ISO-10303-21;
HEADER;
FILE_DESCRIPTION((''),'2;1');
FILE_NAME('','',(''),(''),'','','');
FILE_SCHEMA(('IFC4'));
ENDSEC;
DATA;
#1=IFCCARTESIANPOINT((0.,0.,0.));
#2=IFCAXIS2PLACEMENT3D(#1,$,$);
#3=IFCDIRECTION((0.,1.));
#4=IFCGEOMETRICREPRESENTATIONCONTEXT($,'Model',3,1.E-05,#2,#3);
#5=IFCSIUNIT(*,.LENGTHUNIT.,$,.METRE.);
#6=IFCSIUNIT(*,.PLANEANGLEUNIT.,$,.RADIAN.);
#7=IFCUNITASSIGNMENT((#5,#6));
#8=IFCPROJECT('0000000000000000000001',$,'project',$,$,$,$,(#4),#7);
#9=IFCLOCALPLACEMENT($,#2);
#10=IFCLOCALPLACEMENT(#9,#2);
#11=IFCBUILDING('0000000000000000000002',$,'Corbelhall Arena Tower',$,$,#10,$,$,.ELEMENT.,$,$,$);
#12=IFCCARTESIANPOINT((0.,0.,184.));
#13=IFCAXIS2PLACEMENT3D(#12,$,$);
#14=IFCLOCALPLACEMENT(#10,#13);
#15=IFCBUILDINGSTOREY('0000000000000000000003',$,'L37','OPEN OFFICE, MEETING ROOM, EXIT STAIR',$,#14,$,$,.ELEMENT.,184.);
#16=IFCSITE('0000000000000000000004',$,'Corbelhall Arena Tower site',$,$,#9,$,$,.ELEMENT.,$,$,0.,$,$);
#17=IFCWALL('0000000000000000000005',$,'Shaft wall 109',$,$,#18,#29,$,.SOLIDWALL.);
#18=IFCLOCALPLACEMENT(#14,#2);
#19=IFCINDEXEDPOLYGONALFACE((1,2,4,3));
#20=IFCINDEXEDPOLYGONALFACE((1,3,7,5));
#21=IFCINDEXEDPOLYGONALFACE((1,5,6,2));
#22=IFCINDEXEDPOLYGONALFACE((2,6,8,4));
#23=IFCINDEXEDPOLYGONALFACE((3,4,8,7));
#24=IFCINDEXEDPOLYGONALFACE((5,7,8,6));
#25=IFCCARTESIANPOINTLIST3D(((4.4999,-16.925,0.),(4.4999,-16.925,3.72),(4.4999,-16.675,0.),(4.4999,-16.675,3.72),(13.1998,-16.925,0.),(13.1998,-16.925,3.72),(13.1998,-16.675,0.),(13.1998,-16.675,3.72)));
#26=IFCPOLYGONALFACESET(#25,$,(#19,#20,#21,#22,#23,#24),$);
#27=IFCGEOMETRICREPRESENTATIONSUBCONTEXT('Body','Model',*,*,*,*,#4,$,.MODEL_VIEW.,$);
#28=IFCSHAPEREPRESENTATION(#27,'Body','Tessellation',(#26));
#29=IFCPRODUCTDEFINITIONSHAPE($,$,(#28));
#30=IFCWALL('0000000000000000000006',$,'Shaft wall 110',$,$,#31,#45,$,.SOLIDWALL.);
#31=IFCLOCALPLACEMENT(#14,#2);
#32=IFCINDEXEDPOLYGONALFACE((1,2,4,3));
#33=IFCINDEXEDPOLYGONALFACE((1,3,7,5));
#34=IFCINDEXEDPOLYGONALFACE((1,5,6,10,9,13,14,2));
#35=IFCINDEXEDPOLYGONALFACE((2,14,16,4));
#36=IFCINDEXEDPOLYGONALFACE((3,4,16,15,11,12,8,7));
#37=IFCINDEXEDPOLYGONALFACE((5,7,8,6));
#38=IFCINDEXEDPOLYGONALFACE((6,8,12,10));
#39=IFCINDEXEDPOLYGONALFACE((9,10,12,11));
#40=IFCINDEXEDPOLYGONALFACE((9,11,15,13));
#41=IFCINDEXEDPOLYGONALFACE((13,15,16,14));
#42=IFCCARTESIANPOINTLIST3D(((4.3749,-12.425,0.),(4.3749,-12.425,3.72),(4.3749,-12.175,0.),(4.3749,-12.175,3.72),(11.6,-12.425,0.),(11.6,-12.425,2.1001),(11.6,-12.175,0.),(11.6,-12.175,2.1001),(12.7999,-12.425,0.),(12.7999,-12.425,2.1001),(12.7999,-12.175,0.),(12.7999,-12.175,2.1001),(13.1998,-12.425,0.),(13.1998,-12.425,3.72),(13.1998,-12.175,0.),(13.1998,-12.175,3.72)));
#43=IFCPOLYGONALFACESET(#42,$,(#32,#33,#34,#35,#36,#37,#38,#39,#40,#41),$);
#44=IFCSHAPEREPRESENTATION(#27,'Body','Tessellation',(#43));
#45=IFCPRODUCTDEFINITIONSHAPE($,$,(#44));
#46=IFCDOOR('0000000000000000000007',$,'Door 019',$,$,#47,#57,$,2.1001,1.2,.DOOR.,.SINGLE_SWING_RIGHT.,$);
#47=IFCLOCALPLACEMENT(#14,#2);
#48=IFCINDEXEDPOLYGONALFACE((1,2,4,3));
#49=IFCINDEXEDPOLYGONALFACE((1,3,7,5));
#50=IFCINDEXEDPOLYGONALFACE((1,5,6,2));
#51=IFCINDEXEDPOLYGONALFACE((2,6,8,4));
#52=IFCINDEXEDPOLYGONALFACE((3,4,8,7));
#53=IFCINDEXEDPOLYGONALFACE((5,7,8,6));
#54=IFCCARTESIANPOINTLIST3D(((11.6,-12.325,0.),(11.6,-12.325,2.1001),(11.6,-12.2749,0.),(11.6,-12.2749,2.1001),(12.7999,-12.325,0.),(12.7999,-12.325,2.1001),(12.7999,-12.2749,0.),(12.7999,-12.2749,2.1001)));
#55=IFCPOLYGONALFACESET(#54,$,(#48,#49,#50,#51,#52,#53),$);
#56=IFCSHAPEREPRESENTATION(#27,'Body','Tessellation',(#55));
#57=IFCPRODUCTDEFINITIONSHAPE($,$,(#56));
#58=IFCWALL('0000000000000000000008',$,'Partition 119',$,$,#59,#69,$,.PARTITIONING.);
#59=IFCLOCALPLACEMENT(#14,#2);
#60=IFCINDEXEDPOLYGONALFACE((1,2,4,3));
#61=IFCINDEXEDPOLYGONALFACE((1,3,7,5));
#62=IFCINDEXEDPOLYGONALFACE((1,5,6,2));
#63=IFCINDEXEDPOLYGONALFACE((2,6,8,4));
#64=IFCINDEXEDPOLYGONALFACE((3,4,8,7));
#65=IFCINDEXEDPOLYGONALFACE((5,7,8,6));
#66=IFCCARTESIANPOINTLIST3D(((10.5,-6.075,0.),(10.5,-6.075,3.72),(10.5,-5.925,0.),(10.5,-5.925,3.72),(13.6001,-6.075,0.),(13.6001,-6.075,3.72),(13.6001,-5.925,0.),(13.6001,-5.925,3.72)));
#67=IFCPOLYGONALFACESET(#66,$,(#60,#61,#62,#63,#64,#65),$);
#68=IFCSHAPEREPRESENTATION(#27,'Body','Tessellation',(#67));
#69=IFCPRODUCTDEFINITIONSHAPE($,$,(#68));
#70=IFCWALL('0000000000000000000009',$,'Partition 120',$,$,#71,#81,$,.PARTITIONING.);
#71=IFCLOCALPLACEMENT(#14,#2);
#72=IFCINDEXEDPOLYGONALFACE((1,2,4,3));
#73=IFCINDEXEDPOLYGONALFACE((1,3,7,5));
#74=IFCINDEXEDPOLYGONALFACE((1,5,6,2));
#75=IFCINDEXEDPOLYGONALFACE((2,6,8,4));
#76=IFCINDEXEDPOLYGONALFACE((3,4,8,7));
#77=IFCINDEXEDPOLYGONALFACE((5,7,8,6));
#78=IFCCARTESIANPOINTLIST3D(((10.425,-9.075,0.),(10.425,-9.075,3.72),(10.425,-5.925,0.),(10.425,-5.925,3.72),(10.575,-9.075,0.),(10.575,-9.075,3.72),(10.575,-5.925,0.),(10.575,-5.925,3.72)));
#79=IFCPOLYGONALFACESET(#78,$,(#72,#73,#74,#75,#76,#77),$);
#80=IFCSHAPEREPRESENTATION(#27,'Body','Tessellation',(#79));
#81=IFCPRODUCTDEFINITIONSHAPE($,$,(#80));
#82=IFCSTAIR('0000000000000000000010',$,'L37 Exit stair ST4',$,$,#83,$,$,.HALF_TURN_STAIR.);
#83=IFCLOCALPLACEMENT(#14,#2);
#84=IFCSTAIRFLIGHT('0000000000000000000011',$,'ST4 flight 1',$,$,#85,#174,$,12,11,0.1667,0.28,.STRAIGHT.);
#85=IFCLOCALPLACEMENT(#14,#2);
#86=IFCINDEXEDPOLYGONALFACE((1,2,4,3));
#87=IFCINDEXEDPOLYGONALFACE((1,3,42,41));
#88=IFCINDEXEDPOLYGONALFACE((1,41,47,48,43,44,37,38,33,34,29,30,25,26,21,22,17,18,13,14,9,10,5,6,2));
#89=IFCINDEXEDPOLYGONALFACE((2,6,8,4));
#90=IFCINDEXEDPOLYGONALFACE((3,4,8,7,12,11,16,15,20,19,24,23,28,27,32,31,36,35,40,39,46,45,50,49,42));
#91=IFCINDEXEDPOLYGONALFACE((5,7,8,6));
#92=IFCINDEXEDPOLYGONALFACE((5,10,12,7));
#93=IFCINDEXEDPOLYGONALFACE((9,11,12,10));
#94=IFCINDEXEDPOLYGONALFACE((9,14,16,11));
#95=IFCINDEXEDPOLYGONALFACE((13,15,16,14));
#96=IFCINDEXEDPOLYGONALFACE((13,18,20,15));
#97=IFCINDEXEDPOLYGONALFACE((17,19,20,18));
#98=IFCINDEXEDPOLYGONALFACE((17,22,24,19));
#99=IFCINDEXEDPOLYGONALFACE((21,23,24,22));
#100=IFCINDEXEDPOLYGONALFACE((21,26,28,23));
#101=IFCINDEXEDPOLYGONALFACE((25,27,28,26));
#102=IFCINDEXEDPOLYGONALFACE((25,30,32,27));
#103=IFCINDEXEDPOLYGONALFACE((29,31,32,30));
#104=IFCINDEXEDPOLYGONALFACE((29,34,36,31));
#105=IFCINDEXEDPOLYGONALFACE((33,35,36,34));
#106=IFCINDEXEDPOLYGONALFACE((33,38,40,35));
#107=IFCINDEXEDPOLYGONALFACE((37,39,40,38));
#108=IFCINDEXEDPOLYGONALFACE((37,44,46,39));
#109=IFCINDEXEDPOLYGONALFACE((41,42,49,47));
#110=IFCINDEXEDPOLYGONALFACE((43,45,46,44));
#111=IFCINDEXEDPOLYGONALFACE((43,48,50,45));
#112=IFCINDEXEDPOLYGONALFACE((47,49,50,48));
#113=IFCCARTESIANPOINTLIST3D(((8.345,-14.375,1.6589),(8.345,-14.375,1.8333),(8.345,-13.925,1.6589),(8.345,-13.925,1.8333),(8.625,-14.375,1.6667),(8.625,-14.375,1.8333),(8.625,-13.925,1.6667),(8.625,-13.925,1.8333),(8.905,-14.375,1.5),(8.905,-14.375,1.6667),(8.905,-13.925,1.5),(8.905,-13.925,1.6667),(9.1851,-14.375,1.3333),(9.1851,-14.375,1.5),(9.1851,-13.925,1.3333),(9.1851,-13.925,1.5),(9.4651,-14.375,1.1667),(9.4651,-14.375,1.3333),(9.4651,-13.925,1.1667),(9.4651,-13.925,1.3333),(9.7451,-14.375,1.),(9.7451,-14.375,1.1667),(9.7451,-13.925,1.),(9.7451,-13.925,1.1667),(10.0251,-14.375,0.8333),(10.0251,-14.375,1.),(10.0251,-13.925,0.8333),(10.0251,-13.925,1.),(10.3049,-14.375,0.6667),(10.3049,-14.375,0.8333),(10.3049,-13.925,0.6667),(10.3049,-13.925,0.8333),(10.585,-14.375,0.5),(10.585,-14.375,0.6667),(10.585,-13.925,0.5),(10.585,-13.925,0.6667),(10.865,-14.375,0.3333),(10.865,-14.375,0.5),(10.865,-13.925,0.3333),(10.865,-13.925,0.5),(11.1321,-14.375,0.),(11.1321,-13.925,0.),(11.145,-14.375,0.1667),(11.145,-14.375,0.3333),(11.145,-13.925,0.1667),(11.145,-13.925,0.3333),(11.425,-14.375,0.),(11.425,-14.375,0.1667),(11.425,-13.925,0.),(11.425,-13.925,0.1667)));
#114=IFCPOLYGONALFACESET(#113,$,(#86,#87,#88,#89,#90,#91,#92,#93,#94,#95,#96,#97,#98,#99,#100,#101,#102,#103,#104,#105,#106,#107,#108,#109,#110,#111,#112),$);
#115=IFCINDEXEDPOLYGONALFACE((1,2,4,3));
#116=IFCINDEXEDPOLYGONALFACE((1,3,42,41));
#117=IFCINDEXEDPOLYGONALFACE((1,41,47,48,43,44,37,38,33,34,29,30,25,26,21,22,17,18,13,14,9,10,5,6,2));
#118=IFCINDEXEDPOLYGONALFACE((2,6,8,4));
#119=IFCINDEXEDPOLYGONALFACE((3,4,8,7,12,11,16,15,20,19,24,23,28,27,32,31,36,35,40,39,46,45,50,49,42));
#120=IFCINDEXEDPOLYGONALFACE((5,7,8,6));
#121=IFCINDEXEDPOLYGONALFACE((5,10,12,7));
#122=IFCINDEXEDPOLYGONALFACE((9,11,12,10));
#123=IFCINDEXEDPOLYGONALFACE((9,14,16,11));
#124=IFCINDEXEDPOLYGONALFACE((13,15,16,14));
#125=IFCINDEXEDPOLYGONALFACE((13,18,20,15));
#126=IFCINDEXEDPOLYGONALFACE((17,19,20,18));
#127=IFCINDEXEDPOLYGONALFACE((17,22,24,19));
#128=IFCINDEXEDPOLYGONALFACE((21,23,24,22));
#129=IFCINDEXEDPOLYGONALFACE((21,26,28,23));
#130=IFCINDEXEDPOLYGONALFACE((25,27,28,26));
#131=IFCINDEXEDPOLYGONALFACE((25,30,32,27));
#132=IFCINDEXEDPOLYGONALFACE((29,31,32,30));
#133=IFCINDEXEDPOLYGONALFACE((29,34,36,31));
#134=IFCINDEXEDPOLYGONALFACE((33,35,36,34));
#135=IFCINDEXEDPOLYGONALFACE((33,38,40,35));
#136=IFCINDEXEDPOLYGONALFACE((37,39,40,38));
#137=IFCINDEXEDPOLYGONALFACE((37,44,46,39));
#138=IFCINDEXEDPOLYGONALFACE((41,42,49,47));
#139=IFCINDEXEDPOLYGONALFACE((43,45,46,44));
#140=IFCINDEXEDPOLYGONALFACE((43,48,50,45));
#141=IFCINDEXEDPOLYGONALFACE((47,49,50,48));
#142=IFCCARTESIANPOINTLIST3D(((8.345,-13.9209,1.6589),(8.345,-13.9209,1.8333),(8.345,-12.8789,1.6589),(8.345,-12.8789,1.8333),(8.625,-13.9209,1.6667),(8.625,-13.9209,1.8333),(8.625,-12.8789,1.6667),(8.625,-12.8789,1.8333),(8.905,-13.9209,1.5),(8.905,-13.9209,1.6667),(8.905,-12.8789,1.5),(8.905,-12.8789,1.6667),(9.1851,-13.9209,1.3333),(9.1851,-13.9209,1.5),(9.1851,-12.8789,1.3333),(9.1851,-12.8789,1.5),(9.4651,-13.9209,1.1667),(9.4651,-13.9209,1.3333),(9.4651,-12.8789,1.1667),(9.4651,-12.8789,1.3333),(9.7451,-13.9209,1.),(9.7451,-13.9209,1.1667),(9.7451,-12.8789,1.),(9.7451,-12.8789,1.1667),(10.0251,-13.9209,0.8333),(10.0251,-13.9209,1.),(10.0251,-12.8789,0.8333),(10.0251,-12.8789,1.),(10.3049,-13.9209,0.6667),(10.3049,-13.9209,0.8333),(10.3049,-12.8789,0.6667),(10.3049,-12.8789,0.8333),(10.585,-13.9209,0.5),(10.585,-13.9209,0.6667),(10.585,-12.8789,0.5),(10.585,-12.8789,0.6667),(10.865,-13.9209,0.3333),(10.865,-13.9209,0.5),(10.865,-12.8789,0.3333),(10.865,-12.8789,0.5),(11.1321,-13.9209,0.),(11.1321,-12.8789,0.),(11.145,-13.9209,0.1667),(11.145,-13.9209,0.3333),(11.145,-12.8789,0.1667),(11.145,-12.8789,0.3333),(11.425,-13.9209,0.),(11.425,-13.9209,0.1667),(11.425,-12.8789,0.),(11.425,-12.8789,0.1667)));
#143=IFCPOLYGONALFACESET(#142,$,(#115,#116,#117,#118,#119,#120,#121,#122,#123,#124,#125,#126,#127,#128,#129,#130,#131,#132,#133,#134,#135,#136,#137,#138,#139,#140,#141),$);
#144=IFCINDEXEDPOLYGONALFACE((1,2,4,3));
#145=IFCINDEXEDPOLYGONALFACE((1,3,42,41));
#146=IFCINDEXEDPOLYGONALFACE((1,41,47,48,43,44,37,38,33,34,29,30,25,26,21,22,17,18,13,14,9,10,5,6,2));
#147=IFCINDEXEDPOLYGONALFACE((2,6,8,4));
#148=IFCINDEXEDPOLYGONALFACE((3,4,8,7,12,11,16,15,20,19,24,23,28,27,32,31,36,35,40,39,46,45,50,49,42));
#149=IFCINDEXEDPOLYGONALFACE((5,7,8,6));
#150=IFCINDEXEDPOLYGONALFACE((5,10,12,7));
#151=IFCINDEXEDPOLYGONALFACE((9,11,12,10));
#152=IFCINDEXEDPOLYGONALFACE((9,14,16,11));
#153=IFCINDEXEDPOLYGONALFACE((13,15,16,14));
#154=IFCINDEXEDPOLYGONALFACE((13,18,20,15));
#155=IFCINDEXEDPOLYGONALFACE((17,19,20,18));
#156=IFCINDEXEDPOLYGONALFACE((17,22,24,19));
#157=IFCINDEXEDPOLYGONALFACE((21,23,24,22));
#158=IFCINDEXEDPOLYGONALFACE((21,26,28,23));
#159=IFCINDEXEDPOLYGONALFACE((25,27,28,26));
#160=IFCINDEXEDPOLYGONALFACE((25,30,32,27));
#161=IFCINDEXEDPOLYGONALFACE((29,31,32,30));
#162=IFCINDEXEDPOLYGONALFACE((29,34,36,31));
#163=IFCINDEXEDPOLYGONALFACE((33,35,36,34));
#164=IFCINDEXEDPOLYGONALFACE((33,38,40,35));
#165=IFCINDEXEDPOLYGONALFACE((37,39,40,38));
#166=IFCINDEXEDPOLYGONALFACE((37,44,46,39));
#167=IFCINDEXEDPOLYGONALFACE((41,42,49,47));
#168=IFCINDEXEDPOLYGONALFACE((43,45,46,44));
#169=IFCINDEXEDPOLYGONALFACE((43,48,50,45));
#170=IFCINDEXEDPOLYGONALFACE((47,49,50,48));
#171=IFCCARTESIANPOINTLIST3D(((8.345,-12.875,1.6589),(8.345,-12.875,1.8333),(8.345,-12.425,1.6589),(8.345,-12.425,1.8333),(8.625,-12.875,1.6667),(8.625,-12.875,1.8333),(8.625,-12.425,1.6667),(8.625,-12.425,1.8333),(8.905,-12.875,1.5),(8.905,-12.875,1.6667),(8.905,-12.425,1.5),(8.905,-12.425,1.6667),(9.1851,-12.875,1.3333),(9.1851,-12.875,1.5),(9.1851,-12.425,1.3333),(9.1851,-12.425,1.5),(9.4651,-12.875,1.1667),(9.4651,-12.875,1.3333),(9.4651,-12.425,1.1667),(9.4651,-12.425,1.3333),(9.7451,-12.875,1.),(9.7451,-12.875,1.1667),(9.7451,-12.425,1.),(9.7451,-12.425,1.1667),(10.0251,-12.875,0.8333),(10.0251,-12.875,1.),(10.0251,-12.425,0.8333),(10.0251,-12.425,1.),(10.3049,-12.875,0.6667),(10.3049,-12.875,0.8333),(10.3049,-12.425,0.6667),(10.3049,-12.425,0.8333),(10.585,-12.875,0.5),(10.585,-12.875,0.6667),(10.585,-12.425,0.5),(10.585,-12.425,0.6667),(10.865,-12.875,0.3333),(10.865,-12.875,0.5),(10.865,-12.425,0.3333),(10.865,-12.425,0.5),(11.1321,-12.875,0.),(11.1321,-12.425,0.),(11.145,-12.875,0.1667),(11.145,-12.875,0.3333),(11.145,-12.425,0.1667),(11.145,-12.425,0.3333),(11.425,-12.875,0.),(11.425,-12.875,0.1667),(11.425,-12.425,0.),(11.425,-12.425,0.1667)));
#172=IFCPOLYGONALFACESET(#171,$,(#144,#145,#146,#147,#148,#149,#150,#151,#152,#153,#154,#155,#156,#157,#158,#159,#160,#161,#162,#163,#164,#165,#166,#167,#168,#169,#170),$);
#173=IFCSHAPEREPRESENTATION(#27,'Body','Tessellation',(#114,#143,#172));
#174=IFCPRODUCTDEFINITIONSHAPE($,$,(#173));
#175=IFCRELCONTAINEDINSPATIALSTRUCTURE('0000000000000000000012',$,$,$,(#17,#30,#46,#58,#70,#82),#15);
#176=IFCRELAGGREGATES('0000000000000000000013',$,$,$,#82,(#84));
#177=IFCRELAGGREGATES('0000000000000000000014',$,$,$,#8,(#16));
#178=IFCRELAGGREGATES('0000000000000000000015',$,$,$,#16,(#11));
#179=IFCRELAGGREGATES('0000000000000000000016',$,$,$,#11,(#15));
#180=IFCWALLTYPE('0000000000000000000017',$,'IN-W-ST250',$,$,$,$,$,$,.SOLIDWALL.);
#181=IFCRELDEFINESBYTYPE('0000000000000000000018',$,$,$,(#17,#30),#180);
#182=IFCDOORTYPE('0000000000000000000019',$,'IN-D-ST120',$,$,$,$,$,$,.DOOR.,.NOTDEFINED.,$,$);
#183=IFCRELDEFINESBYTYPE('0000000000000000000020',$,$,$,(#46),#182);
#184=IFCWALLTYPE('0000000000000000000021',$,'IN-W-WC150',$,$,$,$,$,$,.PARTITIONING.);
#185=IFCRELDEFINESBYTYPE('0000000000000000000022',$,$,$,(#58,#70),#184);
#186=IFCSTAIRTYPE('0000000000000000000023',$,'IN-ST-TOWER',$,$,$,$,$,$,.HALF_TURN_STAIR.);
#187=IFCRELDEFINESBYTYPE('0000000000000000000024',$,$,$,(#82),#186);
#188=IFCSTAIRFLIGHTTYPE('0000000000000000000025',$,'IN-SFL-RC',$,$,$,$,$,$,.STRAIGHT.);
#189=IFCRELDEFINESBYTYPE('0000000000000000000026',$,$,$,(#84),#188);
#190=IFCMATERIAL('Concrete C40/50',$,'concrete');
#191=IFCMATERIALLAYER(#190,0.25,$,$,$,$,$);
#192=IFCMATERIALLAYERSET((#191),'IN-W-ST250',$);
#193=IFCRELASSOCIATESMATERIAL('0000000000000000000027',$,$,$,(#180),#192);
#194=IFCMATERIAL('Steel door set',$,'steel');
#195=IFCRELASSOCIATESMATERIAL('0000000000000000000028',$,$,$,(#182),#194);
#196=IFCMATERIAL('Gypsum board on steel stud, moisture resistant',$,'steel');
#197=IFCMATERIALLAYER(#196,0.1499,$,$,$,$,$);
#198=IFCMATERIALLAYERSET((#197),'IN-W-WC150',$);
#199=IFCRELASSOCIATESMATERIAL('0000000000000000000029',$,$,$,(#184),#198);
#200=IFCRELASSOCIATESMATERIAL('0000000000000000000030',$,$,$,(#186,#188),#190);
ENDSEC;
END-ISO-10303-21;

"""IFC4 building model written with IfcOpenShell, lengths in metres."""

from ifc_helpers import new_model, si_unit, direction, frame, frame_2d, origin, place, context, subcontext, project, spatial, polyline, rectangle, outline, extrude, material, layer, layer_set, type_object, element, fill, aggregate, save


model = new_model("IFC4")

# Units and contexts
model_context = context("Model", 3, precision=1e-05, world=origin(), true_north=direction((0.0, 1.0)))
body_context = subcontext(model_context, "Body", "Model", "MODEL_VIEW")
ifc_project = project(units=[si_unit("LENGTHUNIT", "METRE"), si_unit("PLANEANGLEUNIT", "RADIAN")], contexts=[model_context])

# Site, building, storey
site_placement = place(None, origin())
site = spatial("IfcSite", under=ifc_project, at=site_placement, Name="Corbelhall Arena Tower site", CompositionType="ELEMENT", RefElevation=0.0)
building_placement = place(site_placement, origin())
building = spatial("IfcBuilding", under=site, at=building_placement, Name="Corbelhall Arena Tower", CompositionType="ELEMENT")
storey_placement = place(building_placement, frame((0.0, 0.0, 184.0)))
storey = spatial("IfcBuildingStorey", under=building, at=storey_placement, Name="L37", Description="OPEN OFFICE, MEETING ROOM, EXIT STAIR", CompositionType="ELEMENT", Elevation=184.0)

# Shared definitions
ifc_material_1 = material(Name="Steel door set", Category="steel")

# Shared definitions
ifc_material_2 = material(Name="Concrete C40/50", Category="concrete")

# Wall
ifc_layer_1 = layer(ifc_material_2, 0.25)
ifc_layer_set_1 = layer_set([ifc_layer_1], Name="IN-W-ST250")
wall_type_1 = type_object("IfcWallType", Name="IN-W-ST250", PredefinedType="SOLIDWALL", material=ifc_layer_set_1)
wall_1_placement = place(storey_placement, frame((13.2, -16.8, 0.0), z_axis=(0.0, 0.0, 1.0), x_axis=(-1.0, 0.0, 0.0)))
element("IfcWall", 1, at=wall_1_placement, inside=storey, type_object=wall_type_1, Name="Shaft wall 109", PredefinedType="SOLIDWALL", context=body_context, shape_type="SweptSolid", body=[
    extrude(rectangle(XDim=8.7, YDim=0.25, at=frame_2d((4.3501, 0.0))), origin(), (0.0, 0.0, 1.0), 3.72),
])

# Wall, opening, door
wall_2_placement = place(storey_placement, frame((13.2, -12.3, 0.0), z_axis=(0.0, 0.0, 1.0), x_axis=(-1.0, 0.0, 0.0)))
wall_2 = element("IfcWall", 2, at=wall_2_placement, inside=storey, type_object=wall_type_1, Name="Shaft wall 110", PredefinedType="SOLIDWALL", context=body_context, shape_type="SweptSolid", body=[
    extrude(rectangle(XDim=8.825, YDim=0.25, at=frame_2d((4.4126, 0.0))), origin(), (0.0, 0.0, 1.0), 3.72),
])
opening_1_placement = place(wall_2_placement, frame((0.3999, 0.0, 0.0)))
opening_1 = element("IfcOpeningElement", 3, at=opening_1_placement, cuts=wall_2, PredefinedType="OPENING", context=body_context, shape_type="SweptSolid", body=[
    extrude(rectangle(XDim=1.2, YDim=2.1001, at=frame_2d((0.6001, 1.05))), frame((0.0, 0.125, 0.0), z_axis=(0.0, -1.0, 0.0), x_axis=(1.0, 0.0, 0.0)), (0.0, 0.0, 1.0), 0.25),
])
door_type_1 = type_object("IfcDoorType", Name="IN-D-ST120", OperationType="NOTDEFINED", PredefinedType="DOOR", material=ifc_material_1)
door_1_placement = place(opening_1_placement, origin())
door_1 = element("IfcDoor", 4, at=door_1_placement, inside=storey, type_object=door_type_1, Name="Door 019", OperationType="SINGLE_SWING_RIGHT", OverallHeight=2.1001, OverallWidth=1.2, PredefinedType="DOOR", context=body_context, shape_type="SweptSolid", body=[
    extrude(rectangle(XDim=1.2, YDim=2.1001, at=frame_2d((0.6001, 1.05))), frame((0.0, 0.0249, 0.0), z_axis=(0.0, -1.0, 0.0), x_axis=(1.0, 0.0, 0.0)), (0.0, 0.0, 1.0), 0.05),
])
fill(opening_1, door_1)

# Walls
ifc_material_3 = material(Name="Gypsum board on steel stud, moisture resistant", Category="steel")
ifc_layer_2 = layer(ifc_material_3, 0.1499)
ifc_layer_set_2 = layer_set([ifc_layer_2], Name="IN-W-WC150")
wall_type_2 = type_object("IfcWallType", Name="IN-W-WC150", PredefinedType="PARTITIONING", material=ifc_layer_set_2)
wall_3_placement = place(storey_placement, frame((10.5, -6.0, 0.0), z_axis=(0.0, 0.0, 1.0), x_axis=(1.0, 0.0, 0.0)))
element("IfcWall", 5, at=wall_3_placement, inside=storey, type_object=wall_type_2, Name="Partition 119", PredefinedType="PARTITIONING", context=body_context, shape_type="SweptSolid", body=[
    extrude(rectangle(XDim=3.1001, YDim=0.1499, at=frame_2d((1.55, 0.0))), origin(), (0.0, 0.0, 1.0), 3.72),
])
wall_4_placement = place(storey_placement, frame((10.5, -5.925, 0.0), z_axis=(0.0, 0.0, 1.0), x_axis=(0.0, -1.0, 0.0)))
element("IfcWall", 6, at=wall_4_placement, inside=storey, type_object=wall_type_2, Name="Partition 120", PredefinedType="PARTITIONING", context=body_context, shape_type="SweptSolid", body=[
    extrude(rectangle(XDim=3.1499, YDim=0.1499, at=frame_2d((1.575, 0.0))), origin(), (0.0, 0.0, 1.0), 3.72),
])

# Stair, stair flight
stair_type = type_object("IfcStairType", Name="IN-ST-TOWER", PredefinedType="HALF_TURN_STAIR", material=ifc_material_2)
stair_placement = place(storey_placement, origin())
stair = element("IfcStair", 7, at=stair_placement, inside=storey, type_object=stair_type, Name="L37 Exit stair ST4", PredefinedType="HALF_TURN_STAIR")
stair_flight_type = type_object("IfcStairFlightType", Name="IN-SFL-RC", PredefinedType="STRAIGHT", material=ifc_material_2)
stair_flight_1_placement = place(storey_placement, frame((11.425, -13.3999, 0.0), z_axis=(0.0, 0.0, 1.0), x_axis=(-1.0, 0.0, 0.0)))
stair_flight_1 = element("IfcStairFlight", 8, at=stair_flight_1_placement, type_object=stair_flight_type, Name="ST4 flight 1", NumberOfRisers=12, NumberOfTreads=11, PredefinedType="STRAIGHT", RiserHeight=0.1667, TreadLength=0.28, context=body_context, shape_type="SweptSolid", body=[
    extrude(outline(polyline([(0.0, 0.0), (0.0, 0.1667), (0.28, 0.1667), (0.28, 0.3333), (0.5601, 0.3333), (0.5601, 0.5), (0.8401, 0.5), (0.8401, 0.6667), (1.1201, 0.6667), (1.1201, 0.8333), (1.3999, 0.8333), (1.3999, 1.0), (1.6799, 1.0), (1.6799, 1.1667), (1.96, 1.1667), (1.96, 1.3333), (2.24, 1.3333), (2.24, 1.5), (2.52, 1.5), (2.52, 1.6667), (2.8, 1.6667), (2.8, 1.8333), (3.0801, 1.8333), (3.0801, 2.0), (3.0801, 1.6589), (0.293, 0.0), (0.0, 0.0)])), frame((0.0, 0.9751, 0.0), z_axis=(0.0, -1.0, 0.0), x_axis=(1.0, 0.0, 0.0)), (0.0, 0.0, 1.0), 0.45),
    extrude(outline(polyline([(0.0, 0.0), (0.0, 0.1667), (0.28, 0.1667), (0.28, 0.3333), (0.5601, 0.3333), (0.5601, 0.5), (0.8401, 0.5), (0.8401, 0.6667), (1.1201, 0.6667), (1.1201, 0.8333), (1.3999, 0.8333), (1.3999, 1.0), (1.6799, 1.0), (1.6799, 1.1667), (1.96, 1.1667), (1.96, 1.3333), (2.24, 1.3333), (2.24, 1.5), (2.52, 1.5), (2.52, 1.6667), (2.8, 1.6667), (2.8, 1.8333), (3.0801, 1.8333), (3.0801, 2.0), (3.0801, 1.6589), (0.293, 0.0), (0.0, 0.0)])), frame((0.0, 0.521, 0.0), z_axis=(0.0, -1.0, 0.0), x_axis=(1.0, 0.0, 0.0)), (0.0, 0.0, 1.0), 1.042),
    extrude(outline(polyline([(0.0, 0.0), (0.0, 0.1667), (0.28, 0.1667), (0.28, 0.3333), (0.5601, 0.3333), (0.5601, 0.5), (0.8401, 0.5), (0.8401, 0.6667), (1.1201, 0.6667), (1.1201, 0.8333), (1.3999, 0.8333), (1.3999, 1.0), (1.6799, 1.0), (1.6799, 1.1667), (1.96, 1.1667), (1.96, 1.3333), (2.24, 1.3333), (2.24, 1.5), (2.52, 1.5), (2.52, 1.6667), (2.8, 1.6667), (2.8, 1.8333), (3.0801, 1.8333), (3.0801, 2.0), (3.0801, 1.6589), (0.293, 0.0), (0.0, 0.0)])), frame((0.0, -0.5249, 0.0), z_axis=(0.0, -1.0, 0.0), x_axis=(1.0, 0.0, 0.0)), (0.0, 0.0, 1.0), 0.45),
])
aggregate(stair, [stair_flight_1])

save(model, "model.ifc")
